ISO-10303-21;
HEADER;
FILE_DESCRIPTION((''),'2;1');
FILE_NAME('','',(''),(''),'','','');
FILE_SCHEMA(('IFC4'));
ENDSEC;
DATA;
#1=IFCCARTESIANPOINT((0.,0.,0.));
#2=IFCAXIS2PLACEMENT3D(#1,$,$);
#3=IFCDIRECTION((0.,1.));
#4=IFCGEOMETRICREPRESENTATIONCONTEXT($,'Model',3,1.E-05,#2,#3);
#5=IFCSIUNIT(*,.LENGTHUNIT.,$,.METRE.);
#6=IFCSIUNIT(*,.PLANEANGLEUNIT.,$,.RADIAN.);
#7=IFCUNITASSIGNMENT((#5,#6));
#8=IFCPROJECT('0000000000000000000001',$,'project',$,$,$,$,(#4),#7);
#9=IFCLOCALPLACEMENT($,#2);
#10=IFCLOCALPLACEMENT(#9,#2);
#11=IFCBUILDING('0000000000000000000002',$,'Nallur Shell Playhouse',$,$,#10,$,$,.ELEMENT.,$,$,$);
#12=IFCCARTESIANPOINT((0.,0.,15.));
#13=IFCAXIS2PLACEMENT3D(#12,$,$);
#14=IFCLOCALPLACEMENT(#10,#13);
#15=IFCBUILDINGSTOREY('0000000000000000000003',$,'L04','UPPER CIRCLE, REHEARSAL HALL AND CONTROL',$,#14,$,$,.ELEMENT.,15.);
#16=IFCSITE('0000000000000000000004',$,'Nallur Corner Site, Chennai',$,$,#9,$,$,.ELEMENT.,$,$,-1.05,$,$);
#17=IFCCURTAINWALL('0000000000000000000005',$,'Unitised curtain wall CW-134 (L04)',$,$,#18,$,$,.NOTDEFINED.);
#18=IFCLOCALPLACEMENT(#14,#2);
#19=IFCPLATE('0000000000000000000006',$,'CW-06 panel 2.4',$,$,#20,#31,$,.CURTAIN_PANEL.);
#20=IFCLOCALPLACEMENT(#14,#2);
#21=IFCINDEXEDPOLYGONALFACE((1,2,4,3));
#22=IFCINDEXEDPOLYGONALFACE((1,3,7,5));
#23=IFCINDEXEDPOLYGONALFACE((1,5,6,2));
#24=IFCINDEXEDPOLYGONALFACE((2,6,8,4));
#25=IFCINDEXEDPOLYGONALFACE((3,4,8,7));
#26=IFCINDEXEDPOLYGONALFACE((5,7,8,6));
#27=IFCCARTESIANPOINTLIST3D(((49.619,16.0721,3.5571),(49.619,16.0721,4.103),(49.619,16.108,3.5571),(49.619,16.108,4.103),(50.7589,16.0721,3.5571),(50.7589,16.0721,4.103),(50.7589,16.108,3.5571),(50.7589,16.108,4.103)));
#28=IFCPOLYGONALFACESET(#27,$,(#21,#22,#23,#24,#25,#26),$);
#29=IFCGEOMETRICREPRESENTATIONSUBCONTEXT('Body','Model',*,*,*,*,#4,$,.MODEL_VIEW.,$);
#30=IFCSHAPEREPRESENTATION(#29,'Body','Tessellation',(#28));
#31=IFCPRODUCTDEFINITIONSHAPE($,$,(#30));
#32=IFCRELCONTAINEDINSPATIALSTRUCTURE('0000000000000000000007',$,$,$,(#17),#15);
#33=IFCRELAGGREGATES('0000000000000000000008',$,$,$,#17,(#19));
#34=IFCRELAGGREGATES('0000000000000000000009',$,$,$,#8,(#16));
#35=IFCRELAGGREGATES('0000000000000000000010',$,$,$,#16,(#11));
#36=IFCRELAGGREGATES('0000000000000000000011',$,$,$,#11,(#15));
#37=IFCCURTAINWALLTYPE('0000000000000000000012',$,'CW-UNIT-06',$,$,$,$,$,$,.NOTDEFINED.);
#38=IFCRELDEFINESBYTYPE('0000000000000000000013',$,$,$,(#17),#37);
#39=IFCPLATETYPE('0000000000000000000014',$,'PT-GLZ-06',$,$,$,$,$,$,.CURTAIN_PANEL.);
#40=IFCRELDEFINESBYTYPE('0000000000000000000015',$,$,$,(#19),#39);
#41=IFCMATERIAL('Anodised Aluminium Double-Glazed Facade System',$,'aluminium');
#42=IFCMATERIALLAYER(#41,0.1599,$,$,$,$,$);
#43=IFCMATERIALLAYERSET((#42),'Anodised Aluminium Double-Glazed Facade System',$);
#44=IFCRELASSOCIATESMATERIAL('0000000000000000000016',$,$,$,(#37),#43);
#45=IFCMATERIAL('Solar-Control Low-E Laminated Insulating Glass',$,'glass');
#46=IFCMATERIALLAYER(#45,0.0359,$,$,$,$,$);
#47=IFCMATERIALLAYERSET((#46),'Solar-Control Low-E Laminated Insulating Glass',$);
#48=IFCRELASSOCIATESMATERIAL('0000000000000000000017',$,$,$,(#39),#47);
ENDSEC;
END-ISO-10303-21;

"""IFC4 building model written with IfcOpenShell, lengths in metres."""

from ifc_helpers import new_model, si_unit, direction, frame, origin, origin_2d, place, context, subcontext, project, spatial, rectangle, extrude, material, layer, layer_set, type_object, element, aggregate, save


model = new_model("IFC4")

# Units and contexts
model_context = context("Model", 3, precision=1e-05, world=origin(), true_north=direction((0.0, 1.0)))
body_context = subcontext(model_context, "Body", "Model", "MODEL_VIEW")
ifc_project = project(units=[si_unit("LENGTHUNIT", "METRE"), si_unit("PLANEANGLEUNIT", "RADIAN")], contexts=[model_context])

# Site, building, storey
site_placement = place(None, origin())
site = spatial("IfcSite", under=ifc_project, at=site_placement, Name="Nallur Corner Site, Chennai", CompositionType="ELEMENT", RefElevation=-1.05)
building_placement = place(site_placement, origin())
building = spatial("IfcBuilding", under=site, at=building_placement, Name="Nallur Shell Playhouse", CompositionType="ELEMENT")
storey_placement = place(building_placement, frame((0.0, 0.0, 15.0)))
storey = spatial("IfcBuildingStorey", under=building, at=storey_placement, Name="L04", Description="UPPER CIRCLE, REHEARSAL HALL AND CONTROL", CompositionType="ELEMENT", Elevation=15.0)

# Curtain wall
ifc_material_1 = material(Name="Anodised Aluminium Double-Glazed Facade System", Category="aluminium")
ifc_layer_1 = layer(ifc_material_1, 0.1599)
ifc_layer_set_1 = layer_set([ifc_layer_1], Name="Anodised Aluminium Double-Glazed Facade System")
curtain_wall_type_1 = type_object("IfcCurtainWallType", Name="CW-UNIT-06", PredefinedType="NOTDEFINED", material=ifc_layer_set_1)
curtain_wall_1_placement = place(storey_placement, origin())
curtain_wall_1 = element("IfcCurtainWall", 1, at=curtain_wall_1_placement, inside=storey, type_object=curtain_wall_type_1, Name="Unitised curtain wall CW-134 (L04)", PredefinedType="NOTDEFINED")

# Plate
ifc_material_2 = material(Name="Solar-Control Low-E Laminated Insulating Glass", Category="glass")
ifc_layer_2 = layer(ifc_material_2, 0.0359)
ifc_layer_set_2 = layer_set([ifc_layer_2], Name="Solar-Control Low-E Laminated Insulating Glass")
plate_type_1 = type_object("IfcPlateType", Name="PT-GLZ-06", PredefinedType="CURTAIN_PANEL", material=ifc_layer_set_2)
plate_1_placement = place(storey_placement, frame((50.189, 16.0901, 3.5571), z_axis=(0.0, 0.0, 1.0), x_axis=(-1.0, 0.0, 0.0)))
plate_1 = element("IfcPlate", 2, at=plate_1_placement, type_object=plate_type_1, Name="CW-06 panel 2.4", PredefinedType="CURTAIN_PANEL", context=body_context, shape_type="SweptSolid", body=[
    extrude(rectangle(XDim=1.1399, YDim=0.0359, at=origin_2d()), origin(), (0.0, 0.0, 1.0), 0.5459),
])
aggregate(curtain_wall_1, [plate_1])

save(model, "model.ifc")
